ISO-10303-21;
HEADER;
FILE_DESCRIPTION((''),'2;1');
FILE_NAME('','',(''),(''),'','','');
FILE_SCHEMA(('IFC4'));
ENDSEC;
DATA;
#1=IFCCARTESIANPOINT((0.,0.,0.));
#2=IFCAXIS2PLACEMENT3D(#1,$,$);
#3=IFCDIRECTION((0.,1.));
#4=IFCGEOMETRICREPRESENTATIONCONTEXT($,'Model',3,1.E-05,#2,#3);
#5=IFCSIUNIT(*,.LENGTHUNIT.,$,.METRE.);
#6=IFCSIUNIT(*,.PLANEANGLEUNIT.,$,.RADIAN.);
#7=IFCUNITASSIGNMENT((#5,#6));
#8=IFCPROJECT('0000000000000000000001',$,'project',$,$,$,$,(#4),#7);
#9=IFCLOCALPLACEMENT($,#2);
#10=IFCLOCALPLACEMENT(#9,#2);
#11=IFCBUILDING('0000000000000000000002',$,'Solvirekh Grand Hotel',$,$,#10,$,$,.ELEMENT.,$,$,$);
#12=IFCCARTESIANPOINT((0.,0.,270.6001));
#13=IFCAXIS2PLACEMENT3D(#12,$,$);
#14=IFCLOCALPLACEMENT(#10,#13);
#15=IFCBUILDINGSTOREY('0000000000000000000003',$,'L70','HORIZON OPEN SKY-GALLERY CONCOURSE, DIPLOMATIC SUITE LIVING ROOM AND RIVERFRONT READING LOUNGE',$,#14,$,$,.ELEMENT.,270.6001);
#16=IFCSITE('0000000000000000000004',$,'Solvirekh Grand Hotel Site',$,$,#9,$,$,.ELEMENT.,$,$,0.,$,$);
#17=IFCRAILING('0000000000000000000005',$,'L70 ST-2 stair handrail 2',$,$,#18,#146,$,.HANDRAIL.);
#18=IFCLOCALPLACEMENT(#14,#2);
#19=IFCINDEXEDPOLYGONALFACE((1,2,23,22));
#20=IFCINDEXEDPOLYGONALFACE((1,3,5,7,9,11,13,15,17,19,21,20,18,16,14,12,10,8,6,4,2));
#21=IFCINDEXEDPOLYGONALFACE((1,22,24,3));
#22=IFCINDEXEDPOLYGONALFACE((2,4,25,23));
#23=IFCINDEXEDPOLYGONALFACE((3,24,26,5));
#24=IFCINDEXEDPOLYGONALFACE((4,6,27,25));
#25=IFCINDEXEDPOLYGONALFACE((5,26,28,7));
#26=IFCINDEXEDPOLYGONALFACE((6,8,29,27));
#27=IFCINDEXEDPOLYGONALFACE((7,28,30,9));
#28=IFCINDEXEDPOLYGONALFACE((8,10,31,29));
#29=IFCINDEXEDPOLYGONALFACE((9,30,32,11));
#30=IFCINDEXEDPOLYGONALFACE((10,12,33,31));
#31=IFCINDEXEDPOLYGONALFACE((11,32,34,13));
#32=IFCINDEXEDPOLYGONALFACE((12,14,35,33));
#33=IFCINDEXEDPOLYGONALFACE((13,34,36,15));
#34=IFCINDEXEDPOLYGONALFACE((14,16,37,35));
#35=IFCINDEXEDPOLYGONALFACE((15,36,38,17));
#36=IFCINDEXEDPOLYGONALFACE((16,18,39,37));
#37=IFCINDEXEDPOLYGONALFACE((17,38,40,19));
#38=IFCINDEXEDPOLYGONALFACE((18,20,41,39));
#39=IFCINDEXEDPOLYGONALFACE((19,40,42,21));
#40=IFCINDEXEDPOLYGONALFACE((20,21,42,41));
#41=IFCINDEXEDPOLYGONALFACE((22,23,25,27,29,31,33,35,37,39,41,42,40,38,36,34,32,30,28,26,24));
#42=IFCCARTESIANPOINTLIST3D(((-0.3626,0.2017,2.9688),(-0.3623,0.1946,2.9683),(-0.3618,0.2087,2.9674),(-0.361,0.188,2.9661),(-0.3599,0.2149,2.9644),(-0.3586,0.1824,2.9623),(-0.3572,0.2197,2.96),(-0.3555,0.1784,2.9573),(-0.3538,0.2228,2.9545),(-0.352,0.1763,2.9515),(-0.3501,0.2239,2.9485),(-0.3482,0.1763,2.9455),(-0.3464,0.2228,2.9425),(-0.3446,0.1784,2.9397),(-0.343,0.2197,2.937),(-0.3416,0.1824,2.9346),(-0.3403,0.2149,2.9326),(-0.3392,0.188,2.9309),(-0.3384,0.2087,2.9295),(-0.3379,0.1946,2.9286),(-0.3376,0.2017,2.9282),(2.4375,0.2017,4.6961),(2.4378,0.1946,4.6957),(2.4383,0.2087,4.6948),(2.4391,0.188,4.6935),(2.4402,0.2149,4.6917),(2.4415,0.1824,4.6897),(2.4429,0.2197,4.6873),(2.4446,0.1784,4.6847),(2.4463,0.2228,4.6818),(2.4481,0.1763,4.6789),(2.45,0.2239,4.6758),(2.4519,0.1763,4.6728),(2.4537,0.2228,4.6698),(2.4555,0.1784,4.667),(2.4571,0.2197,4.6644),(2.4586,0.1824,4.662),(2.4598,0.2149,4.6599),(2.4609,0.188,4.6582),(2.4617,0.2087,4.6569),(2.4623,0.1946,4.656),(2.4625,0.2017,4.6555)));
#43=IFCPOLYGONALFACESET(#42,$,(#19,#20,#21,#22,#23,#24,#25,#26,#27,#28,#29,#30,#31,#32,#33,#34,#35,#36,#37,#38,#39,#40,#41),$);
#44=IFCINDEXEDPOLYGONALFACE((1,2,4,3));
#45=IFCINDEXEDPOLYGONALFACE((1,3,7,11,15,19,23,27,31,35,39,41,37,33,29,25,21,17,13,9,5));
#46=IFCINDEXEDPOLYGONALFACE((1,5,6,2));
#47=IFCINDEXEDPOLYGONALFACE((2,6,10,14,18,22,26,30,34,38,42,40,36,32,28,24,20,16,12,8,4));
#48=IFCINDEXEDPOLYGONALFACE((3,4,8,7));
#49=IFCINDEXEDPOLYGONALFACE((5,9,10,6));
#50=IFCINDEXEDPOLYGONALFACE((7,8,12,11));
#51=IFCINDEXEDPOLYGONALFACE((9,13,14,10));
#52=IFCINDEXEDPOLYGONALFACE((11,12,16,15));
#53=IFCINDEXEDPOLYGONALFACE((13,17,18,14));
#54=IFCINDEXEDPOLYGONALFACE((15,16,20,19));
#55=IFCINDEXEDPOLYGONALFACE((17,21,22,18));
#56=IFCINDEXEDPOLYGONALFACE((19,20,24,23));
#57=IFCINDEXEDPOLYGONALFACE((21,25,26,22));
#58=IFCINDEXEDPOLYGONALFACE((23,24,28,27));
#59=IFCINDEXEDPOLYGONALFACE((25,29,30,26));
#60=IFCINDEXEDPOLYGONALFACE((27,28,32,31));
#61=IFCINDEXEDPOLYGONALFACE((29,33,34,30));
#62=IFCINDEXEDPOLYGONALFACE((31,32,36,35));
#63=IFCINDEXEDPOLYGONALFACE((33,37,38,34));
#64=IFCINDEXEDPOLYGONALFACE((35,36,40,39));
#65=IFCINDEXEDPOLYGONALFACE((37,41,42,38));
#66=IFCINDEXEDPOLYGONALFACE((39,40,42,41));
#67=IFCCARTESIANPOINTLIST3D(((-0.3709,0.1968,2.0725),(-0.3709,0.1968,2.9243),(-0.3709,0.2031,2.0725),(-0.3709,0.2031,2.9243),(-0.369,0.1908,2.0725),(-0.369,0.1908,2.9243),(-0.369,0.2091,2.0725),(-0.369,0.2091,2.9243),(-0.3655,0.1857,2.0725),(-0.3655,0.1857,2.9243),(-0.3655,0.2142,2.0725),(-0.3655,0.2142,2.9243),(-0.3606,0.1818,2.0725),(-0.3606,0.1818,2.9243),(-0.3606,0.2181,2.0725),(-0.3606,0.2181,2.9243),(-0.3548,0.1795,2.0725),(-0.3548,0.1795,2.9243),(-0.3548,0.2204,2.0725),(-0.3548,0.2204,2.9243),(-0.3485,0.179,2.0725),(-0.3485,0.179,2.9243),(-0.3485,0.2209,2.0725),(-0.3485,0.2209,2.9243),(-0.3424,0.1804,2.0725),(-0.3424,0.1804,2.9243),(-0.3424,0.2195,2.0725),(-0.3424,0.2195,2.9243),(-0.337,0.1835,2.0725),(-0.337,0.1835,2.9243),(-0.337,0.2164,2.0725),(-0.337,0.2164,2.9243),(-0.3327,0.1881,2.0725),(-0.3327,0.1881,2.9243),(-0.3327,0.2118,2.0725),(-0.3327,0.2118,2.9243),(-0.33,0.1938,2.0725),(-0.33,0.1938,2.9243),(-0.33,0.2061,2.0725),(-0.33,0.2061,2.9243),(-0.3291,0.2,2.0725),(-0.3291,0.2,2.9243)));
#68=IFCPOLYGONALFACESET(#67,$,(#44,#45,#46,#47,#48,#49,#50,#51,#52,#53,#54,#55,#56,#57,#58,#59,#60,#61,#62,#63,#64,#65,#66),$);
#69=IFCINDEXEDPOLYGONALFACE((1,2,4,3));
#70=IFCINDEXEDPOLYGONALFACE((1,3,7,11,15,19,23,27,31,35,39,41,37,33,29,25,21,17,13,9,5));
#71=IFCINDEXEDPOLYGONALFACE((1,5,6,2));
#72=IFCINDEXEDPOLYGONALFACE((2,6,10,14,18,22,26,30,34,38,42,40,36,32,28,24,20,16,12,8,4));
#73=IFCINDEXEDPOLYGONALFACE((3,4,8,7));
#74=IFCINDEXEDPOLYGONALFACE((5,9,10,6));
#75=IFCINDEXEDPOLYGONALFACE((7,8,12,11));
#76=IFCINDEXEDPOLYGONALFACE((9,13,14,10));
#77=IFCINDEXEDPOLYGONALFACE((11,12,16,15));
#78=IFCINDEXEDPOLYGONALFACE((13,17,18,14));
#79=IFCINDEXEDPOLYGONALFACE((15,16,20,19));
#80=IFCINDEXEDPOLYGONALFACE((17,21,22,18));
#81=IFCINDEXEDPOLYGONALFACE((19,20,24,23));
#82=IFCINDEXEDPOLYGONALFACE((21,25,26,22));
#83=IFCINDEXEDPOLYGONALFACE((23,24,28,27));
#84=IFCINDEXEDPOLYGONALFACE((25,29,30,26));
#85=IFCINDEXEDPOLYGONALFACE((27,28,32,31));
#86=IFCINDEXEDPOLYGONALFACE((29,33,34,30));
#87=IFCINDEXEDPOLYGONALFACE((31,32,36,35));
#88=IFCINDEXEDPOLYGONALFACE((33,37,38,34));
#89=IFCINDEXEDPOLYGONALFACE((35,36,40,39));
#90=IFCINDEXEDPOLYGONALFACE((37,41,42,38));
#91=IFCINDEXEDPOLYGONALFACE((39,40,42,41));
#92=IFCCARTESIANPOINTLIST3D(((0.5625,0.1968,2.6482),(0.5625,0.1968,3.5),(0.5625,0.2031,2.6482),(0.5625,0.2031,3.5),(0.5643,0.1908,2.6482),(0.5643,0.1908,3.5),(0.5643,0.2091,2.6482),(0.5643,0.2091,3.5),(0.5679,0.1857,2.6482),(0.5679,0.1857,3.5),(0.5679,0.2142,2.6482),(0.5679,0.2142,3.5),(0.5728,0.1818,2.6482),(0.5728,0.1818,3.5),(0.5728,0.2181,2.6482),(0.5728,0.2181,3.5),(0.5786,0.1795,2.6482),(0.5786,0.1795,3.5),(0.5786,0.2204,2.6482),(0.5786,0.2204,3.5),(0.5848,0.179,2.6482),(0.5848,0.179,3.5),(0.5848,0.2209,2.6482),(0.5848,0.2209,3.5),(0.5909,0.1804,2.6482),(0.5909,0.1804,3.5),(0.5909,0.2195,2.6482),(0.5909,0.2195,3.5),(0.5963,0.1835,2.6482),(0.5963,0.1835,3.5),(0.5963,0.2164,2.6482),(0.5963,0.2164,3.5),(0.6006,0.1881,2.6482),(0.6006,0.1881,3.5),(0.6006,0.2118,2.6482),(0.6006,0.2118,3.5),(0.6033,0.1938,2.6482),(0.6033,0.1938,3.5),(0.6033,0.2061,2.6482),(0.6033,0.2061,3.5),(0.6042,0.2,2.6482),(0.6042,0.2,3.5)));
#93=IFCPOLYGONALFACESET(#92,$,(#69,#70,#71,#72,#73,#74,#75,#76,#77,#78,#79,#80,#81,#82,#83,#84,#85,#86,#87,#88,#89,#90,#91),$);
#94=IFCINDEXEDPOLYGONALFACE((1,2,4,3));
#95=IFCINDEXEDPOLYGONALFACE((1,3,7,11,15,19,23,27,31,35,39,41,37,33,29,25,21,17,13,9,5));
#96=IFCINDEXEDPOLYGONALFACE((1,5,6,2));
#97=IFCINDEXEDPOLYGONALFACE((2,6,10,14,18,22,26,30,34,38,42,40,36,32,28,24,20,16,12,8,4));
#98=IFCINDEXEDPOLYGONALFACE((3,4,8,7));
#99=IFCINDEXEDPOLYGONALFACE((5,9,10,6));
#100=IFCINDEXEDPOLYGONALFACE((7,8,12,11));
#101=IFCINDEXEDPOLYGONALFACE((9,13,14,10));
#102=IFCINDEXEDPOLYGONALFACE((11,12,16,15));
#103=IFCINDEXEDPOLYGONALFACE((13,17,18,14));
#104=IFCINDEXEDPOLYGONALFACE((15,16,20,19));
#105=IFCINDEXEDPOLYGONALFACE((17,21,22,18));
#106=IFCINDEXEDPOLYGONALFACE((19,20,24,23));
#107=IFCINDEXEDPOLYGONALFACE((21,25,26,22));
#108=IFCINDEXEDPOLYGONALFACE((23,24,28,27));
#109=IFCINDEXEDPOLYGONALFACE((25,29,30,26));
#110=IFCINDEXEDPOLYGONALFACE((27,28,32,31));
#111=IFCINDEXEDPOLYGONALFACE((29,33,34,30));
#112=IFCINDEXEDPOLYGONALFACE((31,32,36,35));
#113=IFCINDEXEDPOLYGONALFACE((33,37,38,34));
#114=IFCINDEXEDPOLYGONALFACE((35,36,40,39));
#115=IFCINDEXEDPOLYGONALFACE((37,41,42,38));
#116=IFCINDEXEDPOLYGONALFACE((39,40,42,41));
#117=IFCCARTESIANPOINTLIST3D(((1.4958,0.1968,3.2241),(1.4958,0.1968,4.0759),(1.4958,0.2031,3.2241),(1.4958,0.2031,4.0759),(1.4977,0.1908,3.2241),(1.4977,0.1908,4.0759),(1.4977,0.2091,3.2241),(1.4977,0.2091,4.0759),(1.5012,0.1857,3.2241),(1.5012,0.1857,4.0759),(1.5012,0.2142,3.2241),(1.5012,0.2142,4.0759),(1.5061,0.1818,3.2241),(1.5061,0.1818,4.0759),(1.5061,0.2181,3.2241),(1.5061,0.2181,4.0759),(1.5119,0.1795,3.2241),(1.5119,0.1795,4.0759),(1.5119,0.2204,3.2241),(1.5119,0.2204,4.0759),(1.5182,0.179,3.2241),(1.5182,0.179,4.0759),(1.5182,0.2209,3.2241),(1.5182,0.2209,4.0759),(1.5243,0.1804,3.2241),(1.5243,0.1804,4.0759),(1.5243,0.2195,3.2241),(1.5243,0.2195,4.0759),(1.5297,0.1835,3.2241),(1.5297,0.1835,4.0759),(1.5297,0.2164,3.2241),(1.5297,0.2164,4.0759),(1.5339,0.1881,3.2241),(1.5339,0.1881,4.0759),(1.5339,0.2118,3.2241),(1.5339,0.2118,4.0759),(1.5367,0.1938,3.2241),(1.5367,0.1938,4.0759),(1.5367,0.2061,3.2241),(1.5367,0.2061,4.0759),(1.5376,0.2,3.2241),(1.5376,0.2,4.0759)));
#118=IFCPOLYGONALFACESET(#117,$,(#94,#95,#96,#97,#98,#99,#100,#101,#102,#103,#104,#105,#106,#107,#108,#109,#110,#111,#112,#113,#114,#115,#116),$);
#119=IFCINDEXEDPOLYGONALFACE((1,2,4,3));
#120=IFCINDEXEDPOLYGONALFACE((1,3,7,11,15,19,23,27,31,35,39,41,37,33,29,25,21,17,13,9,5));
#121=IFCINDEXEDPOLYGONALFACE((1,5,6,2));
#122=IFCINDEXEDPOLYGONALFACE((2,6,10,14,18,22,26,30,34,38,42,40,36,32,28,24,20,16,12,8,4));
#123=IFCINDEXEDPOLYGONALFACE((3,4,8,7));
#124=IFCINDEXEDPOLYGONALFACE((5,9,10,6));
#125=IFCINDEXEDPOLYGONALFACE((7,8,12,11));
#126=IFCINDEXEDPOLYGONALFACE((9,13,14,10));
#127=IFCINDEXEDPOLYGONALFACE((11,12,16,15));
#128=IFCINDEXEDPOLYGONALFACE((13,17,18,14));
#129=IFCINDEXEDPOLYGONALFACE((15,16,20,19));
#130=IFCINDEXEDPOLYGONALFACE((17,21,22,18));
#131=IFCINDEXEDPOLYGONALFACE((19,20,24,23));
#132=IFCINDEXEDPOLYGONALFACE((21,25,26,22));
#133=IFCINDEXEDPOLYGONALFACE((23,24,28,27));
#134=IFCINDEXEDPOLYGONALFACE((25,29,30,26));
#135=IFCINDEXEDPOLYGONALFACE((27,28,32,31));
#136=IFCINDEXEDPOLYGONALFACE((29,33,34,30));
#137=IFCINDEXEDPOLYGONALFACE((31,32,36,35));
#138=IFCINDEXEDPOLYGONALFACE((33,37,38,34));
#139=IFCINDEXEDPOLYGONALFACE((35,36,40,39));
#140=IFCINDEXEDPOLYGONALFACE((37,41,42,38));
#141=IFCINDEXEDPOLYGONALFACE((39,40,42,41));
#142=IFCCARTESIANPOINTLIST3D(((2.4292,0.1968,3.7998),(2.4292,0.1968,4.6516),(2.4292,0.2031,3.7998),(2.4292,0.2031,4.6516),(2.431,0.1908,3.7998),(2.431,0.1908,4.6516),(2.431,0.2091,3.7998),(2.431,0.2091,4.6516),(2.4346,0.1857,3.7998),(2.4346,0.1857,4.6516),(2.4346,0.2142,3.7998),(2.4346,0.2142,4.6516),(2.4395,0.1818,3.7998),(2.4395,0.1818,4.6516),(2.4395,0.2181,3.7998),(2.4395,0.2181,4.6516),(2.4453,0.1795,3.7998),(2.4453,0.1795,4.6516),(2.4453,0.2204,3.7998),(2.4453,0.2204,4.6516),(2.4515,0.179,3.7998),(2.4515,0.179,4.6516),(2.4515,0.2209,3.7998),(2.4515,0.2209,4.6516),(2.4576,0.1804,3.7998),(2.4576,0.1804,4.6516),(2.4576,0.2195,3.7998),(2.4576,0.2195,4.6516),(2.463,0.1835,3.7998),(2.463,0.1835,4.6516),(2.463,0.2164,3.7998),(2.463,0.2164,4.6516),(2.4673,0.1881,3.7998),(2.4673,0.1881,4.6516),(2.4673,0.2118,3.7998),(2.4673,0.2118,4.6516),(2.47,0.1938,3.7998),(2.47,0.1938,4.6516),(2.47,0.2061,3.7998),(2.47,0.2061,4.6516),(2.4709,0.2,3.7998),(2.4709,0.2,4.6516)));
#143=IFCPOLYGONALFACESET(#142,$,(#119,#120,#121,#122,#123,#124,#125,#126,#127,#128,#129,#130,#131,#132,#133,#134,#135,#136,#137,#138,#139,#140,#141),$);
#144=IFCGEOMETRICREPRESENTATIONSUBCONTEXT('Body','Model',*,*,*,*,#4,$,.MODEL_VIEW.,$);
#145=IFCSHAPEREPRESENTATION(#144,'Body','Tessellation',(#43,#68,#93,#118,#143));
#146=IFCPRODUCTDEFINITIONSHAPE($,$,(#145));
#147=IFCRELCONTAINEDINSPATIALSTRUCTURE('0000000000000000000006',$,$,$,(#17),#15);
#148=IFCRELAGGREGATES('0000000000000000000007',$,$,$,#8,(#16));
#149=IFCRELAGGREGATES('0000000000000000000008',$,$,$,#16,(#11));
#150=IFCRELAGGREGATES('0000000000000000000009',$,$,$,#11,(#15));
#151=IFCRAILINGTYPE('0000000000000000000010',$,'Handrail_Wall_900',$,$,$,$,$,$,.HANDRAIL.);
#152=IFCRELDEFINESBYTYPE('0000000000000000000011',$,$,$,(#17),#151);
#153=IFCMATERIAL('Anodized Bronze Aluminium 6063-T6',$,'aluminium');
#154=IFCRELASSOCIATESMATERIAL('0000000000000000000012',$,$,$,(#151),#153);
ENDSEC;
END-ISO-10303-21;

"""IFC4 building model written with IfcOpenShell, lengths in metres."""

from ifc_helpers import new_model, si_unit, direction, frame, origin, origin_2d, place, context, subcontext, project, spatial, circle, extrude, material, type_object, element, save


model = new_model("IFC4")

# Units and contexts
model_context = context("Model", 3, precision=1e-05, world=origin(), true_north=direction((0.0, 1.0)))
body_context = subcontext(model_context, "Body", "Model", "MODEL_VIEW")
ifc_project = project(units=[si_unit("LENGTHUNIT", "METRE"), si_unit("PLANEANGLEUNIT", "RADIAN")], contexts=[model_context])

# Site, building, storey
site_placement = place(None, origin())
site = spatial("IfcSite", under=ifc_project, at=site_placement, Name="Solvirekh Grand Hotel Site", CompositionType="ELEMENT", RefElevation=0.0)
building_placement = place(site_placement, origin())
building = spatial("IfcBuilding", under=site, at=building_placement, Name="Solvirekh Grand Hotel", CompositionType="ELEMENT")
storey_placement = place(building_placement, frame((0.0, 0.0, 270.6001)))
storey = spatial("IfcBuildingStorey", under=building, at=storey_placement, Name="L70", Description="HORIZON OPEN SKY-GALLERY CONCOURSE, DIPLOMATIC SUITE LIVING ROOM AND RIVERFRONT READING LOUNGE", CompositionType="ELEMENT", Elevation=270.6001)

# Shared definitions
ifc_material_1 = material(Name="Anodized Bronze Aluminium 6063-T6", Category="aluminium")

# Railing
railing_type_1 = type_object("IfcRailingType", Name="Handrail_Wall_900", PredefinedType="HANDRAIL", material=ifc_material_1)
for number, where, name in (
    (1, (-0.3501, 0.2, 2.0725), "L70 ST-2 stair handrail 2"),
):
    element("IfcRailing", number, at=place(storey_placement, frame(where)), inside=storey, type_object=railing_type_1, Name=name, PredefinedType="HANDRAIL", context=body_context, shape_type="SweptSolid", body=[
        extrude(circle(Radius=0.0239, at=origin_2d()), frame((0.0, 0.0, 0.876), z_axis=(0.85109, 0.0, 0.52502), x_axis=(0.0, 1.0, 0.0)), (0.0, 0.0, 1.0), 3.29),
        extrude(circle(Radius=0.021, at=origin_2d()), origin(), (0.0, 0.0, 1.0), 0.8518),
        extrude(circle(Radius=0.021, at=origin_2d()), frame((0.9333, 0.0, 0.5757)), (0.0, 0.0, 1.0), 0.8518),
        extrude(circle(Radius=0.021, at=origin_2d()), frame((1.8667, 0.0, 1.1516)), (0.0, 0.0, 1.0), 0.8518),
        extrude(circle(Radius=0.021, at=origin_2d()), frame((2.8, 0.0, 1.7273)), (0.0, 0.0, 1.0), 0.8518),
    ])

save(model, "model.ifc")
